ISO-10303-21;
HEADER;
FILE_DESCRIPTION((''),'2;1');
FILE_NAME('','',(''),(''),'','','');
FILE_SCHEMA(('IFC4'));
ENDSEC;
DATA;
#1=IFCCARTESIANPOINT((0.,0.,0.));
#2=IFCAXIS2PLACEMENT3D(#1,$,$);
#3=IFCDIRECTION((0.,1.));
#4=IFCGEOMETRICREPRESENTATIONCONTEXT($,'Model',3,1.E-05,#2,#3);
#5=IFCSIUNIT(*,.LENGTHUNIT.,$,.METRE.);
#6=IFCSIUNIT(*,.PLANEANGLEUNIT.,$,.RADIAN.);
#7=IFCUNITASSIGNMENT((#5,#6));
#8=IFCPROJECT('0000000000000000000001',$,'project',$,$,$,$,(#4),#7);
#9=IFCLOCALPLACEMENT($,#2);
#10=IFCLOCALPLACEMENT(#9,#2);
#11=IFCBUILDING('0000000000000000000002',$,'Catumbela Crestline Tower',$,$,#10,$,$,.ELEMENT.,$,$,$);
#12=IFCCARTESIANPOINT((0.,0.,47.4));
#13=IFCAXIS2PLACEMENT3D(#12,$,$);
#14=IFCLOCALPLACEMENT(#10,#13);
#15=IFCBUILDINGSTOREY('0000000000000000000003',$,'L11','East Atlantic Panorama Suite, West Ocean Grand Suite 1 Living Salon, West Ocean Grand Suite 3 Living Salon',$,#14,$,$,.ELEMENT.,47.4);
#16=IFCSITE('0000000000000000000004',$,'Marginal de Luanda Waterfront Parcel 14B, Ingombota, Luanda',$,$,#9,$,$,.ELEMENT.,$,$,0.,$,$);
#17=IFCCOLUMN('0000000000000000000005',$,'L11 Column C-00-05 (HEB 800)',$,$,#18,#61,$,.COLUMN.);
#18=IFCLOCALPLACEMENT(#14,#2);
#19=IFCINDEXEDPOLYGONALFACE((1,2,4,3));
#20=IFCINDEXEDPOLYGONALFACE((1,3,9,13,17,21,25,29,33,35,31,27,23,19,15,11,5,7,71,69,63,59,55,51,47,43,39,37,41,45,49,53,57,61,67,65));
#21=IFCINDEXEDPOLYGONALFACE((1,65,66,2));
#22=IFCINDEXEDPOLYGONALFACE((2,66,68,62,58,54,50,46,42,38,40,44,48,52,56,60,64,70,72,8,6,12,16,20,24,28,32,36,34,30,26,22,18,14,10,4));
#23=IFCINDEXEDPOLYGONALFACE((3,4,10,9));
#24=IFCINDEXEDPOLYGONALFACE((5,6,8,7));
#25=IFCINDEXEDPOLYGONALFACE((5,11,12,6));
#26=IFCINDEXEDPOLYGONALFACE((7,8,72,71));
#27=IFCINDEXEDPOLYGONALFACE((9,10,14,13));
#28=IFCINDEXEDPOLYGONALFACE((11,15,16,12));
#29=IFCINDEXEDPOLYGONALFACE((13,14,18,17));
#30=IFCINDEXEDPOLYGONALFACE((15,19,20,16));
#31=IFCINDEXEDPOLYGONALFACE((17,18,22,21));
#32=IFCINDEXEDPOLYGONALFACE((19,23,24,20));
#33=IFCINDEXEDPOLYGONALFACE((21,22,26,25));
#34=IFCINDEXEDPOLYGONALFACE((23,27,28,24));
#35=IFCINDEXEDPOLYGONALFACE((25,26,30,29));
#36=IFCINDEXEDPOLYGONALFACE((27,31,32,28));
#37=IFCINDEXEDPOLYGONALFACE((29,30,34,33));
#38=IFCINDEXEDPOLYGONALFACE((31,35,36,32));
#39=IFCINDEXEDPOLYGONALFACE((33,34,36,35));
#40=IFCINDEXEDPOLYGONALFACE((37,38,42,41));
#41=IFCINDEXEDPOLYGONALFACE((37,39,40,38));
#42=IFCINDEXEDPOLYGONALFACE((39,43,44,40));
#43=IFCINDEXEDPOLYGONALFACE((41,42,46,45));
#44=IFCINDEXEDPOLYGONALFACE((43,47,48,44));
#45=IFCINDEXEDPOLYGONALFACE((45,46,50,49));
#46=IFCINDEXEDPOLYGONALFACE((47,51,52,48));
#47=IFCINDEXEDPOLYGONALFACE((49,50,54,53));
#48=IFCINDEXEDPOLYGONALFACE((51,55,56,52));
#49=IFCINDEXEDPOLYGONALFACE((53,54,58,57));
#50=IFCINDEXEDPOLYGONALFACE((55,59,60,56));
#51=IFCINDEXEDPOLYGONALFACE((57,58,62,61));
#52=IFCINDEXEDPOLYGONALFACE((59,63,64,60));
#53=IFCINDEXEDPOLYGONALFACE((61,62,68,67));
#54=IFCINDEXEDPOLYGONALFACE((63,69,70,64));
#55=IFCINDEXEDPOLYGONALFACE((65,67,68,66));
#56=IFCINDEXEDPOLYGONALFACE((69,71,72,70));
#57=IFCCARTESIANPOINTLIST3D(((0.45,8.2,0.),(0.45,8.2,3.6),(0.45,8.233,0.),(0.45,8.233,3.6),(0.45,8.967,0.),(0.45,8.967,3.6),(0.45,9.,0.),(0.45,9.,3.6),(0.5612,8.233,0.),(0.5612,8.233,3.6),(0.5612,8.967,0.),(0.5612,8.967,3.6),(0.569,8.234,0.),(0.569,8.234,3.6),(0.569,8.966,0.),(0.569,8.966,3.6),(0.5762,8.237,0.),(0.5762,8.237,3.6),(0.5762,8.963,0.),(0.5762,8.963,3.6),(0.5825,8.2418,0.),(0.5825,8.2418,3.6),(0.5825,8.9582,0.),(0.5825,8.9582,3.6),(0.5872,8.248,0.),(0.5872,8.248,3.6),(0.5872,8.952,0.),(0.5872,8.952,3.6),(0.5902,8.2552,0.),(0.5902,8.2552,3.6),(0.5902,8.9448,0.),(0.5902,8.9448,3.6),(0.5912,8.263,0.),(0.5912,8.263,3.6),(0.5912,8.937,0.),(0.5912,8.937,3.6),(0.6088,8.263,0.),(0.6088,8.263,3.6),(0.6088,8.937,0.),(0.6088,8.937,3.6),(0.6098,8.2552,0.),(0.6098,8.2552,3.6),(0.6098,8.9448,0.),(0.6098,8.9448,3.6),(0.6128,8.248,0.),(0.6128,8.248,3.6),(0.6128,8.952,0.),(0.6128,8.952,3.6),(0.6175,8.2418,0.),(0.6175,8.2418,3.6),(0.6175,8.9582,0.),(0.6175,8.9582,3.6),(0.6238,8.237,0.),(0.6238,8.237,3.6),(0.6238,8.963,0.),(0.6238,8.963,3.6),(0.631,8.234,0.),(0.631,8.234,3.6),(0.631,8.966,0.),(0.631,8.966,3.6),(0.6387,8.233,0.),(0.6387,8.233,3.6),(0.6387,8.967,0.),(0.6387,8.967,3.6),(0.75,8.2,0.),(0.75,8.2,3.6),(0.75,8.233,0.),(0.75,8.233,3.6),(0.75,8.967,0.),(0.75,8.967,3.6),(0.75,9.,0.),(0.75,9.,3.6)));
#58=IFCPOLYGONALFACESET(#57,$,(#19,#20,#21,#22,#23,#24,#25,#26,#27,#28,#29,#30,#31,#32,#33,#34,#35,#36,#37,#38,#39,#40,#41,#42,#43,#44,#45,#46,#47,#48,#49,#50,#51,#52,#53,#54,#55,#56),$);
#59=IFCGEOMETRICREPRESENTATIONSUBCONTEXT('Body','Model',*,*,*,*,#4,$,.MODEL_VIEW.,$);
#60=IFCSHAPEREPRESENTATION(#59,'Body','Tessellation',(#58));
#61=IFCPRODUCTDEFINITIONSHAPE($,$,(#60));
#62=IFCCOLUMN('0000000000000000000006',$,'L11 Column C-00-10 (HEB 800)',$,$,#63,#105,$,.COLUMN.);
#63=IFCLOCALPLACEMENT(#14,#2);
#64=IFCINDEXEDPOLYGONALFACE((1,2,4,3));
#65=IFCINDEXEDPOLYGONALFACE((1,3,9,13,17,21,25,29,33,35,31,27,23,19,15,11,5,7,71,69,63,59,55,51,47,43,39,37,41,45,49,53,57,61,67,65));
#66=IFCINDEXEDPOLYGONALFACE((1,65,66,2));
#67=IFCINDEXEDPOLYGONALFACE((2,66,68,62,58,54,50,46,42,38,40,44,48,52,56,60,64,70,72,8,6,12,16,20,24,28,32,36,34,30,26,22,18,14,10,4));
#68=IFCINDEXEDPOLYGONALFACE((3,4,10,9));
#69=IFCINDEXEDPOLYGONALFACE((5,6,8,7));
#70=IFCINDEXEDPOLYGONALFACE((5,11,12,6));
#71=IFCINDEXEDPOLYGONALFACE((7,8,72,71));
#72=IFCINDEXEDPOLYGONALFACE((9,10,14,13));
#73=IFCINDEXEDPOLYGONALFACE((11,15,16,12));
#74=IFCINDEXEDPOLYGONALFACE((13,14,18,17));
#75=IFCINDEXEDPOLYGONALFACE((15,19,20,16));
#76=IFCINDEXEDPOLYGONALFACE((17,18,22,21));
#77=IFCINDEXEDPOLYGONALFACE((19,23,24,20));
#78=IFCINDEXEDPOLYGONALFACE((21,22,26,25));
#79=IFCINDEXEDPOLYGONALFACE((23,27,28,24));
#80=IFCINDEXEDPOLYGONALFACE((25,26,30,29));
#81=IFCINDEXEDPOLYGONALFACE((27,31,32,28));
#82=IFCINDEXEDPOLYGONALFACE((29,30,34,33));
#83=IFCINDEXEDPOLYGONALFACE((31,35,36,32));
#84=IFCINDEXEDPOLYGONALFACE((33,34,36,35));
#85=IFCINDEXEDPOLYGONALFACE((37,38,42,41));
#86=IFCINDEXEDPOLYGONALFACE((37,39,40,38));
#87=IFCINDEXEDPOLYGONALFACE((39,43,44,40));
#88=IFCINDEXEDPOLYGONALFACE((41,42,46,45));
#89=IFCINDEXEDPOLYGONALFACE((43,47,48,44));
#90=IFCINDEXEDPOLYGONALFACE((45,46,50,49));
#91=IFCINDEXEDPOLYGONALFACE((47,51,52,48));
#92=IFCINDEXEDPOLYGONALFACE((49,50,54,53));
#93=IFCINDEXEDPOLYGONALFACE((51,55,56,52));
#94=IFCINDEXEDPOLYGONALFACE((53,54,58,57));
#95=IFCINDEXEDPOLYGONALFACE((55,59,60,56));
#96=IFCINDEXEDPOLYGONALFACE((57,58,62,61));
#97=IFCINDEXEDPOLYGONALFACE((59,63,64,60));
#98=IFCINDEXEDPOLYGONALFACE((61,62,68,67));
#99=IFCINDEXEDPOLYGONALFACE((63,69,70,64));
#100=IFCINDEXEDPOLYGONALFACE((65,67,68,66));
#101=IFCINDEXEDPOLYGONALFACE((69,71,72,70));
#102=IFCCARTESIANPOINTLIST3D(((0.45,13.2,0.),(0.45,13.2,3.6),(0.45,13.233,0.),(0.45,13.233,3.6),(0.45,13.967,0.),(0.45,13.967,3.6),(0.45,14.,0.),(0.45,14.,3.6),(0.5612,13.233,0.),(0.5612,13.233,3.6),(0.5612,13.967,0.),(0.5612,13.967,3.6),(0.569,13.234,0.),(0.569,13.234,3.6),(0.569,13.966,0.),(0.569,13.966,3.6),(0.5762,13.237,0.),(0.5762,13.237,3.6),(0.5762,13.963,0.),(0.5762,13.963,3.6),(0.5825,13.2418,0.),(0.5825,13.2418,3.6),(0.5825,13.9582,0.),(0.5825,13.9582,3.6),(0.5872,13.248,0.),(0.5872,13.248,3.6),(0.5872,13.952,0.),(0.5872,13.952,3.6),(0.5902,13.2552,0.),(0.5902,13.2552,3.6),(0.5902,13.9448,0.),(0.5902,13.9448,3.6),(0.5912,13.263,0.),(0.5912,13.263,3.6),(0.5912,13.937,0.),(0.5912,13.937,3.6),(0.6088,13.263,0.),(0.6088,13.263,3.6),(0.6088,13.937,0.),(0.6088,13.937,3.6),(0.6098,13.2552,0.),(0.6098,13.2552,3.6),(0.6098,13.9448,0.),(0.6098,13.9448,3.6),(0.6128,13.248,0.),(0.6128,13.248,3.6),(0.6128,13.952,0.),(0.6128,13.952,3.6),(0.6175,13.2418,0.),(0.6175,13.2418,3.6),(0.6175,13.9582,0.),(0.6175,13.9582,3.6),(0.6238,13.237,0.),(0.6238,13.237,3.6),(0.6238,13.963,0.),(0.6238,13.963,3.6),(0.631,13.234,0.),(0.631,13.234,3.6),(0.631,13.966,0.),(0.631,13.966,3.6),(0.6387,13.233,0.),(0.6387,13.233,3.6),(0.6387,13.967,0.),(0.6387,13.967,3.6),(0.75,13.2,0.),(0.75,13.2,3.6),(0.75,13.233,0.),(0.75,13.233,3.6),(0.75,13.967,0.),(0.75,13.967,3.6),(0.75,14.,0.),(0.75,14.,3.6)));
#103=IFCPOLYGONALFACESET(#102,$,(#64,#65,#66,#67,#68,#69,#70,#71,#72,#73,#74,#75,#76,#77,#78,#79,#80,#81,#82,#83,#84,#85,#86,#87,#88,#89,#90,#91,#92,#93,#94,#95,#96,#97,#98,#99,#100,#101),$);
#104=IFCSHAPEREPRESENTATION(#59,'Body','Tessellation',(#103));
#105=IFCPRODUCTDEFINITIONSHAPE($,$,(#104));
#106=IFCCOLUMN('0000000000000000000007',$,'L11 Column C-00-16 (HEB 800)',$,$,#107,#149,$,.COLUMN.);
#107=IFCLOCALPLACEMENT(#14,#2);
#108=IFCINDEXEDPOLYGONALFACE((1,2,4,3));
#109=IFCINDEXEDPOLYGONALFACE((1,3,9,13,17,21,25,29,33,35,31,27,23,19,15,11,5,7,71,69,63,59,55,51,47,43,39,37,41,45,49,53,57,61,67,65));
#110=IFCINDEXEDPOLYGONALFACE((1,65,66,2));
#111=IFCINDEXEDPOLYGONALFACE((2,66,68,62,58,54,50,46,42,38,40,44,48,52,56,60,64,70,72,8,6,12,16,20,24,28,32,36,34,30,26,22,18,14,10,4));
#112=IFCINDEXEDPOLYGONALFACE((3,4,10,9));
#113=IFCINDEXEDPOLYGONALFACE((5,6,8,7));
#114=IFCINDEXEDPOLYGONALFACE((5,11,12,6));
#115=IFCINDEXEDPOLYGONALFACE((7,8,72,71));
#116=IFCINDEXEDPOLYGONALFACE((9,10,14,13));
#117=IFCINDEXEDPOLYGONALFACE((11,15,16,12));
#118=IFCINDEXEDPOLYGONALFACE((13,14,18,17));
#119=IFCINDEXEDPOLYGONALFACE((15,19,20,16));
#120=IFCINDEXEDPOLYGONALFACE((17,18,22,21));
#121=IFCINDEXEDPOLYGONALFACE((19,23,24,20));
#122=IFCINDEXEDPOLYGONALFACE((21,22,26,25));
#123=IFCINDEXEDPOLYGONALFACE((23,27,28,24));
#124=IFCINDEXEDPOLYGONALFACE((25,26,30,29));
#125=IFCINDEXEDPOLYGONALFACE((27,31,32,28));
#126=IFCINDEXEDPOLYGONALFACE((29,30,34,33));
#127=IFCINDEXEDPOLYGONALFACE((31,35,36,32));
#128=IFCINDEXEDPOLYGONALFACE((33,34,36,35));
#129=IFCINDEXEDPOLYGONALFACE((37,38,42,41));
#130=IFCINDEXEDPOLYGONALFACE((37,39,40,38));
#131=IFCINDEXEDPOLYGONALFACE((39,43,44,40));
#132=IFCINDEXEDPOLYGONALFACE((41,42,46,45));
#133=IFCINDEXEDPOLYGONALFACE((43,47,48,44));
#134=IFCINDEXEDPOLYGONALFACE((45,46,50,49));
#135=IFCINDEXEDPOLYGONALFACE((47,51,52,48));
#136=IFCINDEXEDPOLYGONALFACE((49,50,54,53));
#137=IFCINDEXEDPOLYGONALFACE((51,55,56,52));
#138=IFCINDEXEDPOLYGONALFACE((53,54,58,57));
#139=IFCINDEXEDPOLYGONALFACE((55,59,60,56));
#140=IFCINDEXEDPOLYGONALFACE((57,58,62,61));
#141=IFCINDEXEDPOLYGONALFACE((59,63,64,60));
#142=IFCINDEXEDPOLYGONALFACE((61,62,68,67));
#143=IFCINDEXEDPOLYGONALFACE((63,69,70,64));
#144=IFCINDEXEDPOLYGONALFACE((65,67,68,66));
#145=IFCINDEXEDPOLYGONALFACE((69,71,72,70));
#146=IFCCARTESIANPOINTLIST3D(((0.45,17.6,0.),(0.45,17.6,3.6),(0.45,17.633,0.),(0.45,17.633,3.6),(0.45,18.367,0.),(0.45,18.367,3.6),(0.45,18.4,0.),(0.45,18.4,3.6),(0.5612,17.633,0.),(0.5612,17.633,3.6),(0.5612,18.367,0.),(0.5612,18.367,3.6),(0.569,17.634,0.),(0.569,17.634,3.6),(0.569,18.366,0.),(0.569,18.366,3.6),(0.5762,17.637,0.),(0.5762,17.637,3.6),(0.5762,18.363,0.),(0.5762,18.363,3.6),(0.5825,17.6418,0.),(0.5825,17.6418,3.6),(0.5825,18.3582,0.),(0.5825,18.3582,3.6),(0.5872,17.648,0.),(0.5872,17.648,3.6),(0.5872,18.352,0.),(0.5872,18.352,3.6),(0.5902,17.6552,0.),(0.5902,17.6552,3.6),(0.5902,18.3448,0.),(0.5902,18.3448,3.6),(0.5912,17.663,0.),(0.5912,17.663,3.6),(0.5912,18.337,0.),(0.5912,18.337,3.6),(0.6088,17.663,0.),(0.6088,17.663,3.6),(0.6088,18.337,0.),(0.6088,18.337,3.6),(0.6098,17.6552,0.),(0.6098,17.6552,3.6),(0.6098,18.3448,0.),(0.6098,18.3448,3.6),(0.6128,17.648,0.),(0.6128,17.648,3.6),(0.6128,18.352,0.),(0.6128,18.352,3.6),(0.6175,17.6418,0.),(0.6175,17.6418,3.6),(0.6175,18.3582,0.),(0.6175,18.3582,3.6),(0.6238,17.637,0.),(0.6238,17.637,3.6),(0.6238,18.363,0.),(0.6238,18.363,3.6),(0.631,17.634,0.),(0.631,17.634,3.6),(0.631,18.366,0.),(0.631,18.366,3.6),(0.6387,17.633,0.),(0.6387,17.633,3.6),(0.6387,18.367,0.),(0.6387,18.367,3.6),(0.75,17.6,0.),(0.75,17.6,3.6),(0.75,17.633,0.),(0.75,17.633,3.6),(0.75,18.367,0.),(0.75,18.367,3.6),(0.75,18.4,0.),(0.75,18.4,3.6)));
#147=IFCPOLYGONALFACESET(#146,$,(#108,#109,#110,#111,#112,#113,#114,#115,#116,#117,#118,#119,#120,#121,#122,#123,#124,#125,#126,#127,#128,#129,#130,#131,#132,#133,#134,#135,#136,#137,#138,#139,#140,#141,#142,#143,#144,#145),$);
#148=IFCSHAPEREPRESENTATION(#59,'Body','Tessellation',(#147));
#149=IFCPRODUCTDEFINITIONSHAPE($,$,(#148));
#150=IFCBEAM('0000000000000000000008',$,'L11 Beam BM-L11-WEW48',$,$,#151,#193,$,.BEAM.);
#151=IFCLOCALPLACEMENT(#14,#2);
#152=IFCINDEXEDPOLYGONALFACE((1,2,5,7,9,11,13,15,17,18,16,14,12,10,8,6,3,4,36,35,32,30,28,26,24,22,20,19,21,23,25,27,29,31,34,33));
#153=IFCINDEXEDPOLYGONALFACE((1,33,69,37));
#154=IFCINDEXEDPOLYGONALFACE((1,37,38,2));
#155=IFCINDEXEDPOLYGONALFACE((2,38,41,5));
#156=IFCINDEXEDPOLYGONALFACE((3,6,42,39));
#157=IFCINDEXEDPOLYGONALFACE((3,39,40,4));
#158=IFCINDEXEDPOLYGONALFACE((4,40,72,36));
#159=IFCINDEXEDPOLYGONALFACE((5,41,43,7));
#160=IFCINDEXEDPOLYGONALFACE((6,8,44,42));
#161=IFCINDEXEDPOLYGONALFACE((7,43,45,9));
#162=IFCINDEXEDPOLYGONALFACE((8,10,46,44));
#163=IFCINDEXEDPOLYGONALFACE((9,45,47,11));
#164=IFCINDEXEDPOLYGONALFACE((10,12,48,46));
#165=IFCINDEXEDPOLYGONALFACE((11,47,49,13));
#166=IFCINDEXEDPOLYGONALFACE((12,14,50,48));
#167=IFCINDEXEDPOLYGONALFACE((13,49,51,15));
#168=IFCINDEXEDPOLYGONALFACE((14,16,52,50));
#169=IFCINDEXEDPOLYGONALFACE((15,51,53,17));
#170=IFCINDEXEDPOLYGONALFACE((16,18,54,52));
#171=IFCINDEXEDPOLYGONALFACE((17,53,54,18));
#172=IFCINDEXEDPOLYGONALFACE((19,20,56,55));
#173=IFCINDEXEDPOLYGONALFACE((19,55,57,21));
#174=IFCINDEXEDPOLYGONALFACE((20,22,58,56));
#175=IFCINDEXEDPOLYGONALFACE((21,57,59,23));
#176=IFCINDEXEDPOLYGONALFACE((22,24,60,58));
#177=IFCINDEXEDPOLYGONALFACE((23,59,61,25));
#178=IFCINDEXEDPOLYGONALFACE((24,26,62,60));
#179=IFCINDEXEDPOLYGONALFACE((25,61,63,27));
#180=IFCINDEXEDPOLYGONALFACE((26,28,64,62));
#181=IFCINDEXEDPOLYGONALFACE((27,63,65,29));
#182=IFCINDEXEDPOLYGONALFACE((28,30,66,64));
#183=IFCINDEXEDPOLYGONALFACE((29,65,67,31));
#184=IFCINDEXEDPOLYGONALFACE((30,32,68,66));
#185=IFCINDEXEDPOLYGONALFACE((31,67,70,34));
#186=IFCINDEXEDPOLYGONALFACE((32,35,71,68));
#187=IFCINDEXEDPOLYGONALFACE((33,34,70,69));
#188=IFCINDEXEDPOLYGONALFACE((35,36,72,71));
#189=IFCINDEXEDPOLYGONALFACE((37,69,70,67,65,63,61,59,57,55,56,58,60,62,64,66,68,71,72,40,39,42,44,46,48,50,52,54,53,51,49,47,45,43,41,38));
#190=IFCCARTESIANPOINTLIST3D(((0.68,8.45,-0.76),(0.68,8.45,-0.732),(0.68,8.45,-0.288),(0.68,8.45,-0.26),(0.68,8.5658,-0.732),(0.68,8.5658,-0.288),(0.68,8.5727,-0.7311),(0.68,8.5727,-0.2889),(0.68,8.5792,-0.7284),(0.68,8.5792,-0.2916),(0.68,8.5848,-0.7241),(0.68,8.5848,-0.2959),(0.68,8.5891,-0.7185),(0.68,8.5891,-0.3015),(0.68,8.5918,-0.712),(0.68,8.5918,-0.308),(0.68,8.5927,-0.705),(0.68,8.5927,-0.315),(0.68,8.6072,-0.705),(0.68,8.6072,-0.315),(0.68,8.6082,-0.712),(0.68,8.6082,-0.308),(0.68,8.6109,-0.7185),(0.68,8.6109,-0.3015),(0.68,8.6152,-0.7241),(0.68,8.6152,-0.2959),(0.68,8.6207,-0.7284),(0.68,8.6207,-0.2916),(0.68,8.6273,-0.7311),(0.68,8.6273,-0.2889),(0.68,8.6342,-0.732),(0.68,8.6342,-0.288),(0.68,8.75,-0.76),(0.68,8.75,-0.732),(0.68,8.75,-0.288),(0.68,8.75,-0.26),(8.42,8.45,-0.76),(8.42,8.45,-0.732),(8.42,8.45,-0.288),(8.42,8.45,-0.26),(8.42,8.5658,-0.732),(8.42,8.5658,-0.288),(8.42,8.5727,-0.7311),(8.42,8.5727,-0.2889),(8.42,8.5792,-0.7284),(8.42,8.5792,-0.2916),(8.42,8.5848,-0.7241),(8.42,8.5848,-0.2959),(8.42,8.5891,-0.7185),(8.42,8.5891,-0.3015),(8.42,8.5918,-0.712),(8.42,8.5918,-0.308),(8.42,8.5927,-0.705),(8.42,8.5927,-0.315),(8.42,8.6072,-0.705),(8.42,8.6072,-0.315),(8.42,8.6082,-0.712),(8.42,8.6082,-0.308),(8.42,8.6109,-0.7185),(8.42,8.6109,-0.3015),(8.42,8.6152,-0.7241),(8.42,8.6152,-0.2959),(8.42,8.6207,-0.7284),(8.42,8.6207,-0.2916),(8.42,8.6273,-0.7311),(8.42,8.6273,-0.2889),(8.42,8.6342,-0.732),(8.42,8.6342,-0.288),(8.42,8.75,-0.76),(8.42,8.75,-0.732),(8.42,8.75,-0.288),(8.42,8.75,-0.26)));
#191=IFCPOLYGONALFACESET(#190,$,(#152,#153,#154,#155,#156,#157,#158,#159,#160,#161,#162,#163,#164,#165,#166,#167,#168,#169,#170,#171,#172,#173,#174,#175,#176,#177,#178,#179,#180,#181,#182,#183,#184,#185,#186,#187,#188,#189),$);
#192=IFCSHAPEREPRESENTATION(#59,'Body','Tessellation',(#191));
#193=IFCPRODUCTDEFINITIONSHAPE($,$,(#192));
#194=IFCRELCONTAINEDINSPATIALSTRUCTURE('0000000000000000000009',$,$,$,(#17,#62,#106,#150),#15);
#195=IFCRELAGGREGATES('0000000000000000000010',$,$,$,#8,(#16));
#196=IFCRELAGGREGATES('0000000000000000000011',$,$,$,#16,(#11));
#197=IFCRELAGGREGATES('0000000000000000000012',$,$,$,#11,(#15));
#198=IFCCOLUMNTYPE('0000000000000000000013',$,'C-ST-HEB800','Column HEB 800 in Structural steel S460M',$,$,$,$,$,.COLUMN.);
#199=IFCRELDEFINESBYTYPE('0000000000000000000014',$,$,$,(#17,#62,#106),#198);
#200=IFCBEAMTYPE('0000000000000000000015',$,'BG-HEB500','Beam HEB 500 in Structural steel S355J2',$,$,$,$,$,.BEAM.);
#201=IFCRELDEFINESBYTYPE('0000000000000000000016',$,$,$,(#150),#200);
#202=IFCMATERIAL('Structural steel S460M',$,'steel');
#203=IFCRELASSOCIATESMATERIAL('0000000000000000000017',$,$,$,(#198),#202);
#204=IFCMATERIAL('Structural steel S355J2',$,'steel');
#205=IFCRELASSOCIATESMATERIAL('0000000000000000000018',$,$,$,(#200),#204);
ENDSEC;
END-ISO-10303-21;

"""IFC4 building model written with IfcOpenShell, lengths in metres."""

from ifc_helpers import new_model, si_unit, direction, frame, origin, origin_2d, place, context, subcontext, project, spatial, i_section, extrude, material, material_profile, profile_set, type_object, element, save


model = new_model("IFC4")

# Units and contexts
model_context = context("Model", 3, precision=1e-05, world=origin(), true_north=direction((0.0, 1.0)))
body_context = subcontext(model_context, "Body", "Model", "MODEL_VIEW")
ifc_project = project(units=[si_unit("LENGTHUNIT", "METRE"), si_unit("PLANEANGLEUNIT", "RADIAN")], contexts=[model_context])

# Site, building, storey
site_placement = place(None, origin())
site = spatial("IfcSite", under=ifc_project, at=site_placement, Name="Marginal de Luanda Waterfront Parcel 14B, Ingombota, Luanda", CompositionType="ELEMENT", RefElevation=0.0)
building_placement = place(site_placement, origin())
building = spatial("IfcBuilding", under=site, at=building_placement, Name="Catumbela Crestline Tower", CompositionType="ELEMENT")
storey_placement = place(building_placement, frame((0.0, 0.0, 47.4)))
storey = spatial("IfcBuildingStorey", under=building, at=storey_placement, Name="L11", Description="East Atlantic Panorama Suite, West Ocean Grand Suite 1 Living Salon, West Ocean Grand Suite 3 Living Salon", CompositionType="ELEMENT", Elevation=47.4)

# Columns
ifc_material_1 = material(Name="Structural steel S460M", Category="steel")
ifc_material_profile_1 = material_profile(ifc_material_1, i_section(OverallWidth=0.3, OverallDepth=0.8, WebThickness=0.0175, FlangeThickness=0.033, FilletRadius=0.03, at=origin_2d()), Name="HEB 800")
ifc_profile_set_1 = profile_set([ifc_material_profile_1], Name="Structural steel S460M")
column_type = type_object("IfcColumnType", Name="C-ST-HEB800", Description="Column HEB 800 in Structural steel S460M", PredefinedType="COLUMN", material=ifc_profile_set_1)
for number, where, z_axis, x_axis, name in (
    (1, (0.6, 8.6, 0.0), (0.0, 0.0, 1.0), (1.0, 0.0, 0.0), "L11 Column C-00-05 (HEB 800)"),
    (2, (0.6, 13.6, 0.0), (0.0, 0.0, 1.0), (1.0, 0.0, 0.0), "L11 Column C-00-10 (HEB 800)"),
    (3, (0.6, 18.0, 0.0), (0.0, 0.0, 1.0), (1.0, 0.0, 0.0), "L11 Column C-00-16 (HEB 800)"),
):
    element("IfcColumn", number, at=place(storey_placement, frame(where, z_axis=z_axis, x_axis=x_axis)), inside=storey, type_object=column_type, Name=name, PredefinedType="COLUMN", context=body_context, shape_type="SweptSolid", body=[
        extrude(i_section(OverallWidth=0.3, OverallDepth=0.8, WebThickness=0.0175, FlangeThickness=0.033, FilletRadius=0.03, at=origin_2d()), origin(), (0.0, 0.0, 1.0), 3.6),
    ])

# Beam
ifc_material_2 = material(Name="Structural steel S355J2", Category="steel")
ifc_material_profile_2 = material_profile(ifc_material_2, i_section(OverallWidth=0.3, OverallDepth=0.5, WebThickness=0.0145, FlangeThickness=0.028, FilletRadius=0.027, at=origin_2d()), Name="HEB 500")
ifc_profile_set_2 = profile_set([ifc_material_profile_2], Name="Structural steel S355J2")
beam_type_1 = type_object("IfcBeamType", Name="BG-HEB500", Description="Beam HEB 500 in Structural steel S355J2", PredefinedType="BEAM", material=ifc_profile_set_2)
for number, where, z_axis, x_axis, name in (
    (4, (0.68, 8.6, -0.51), (1.0, 0.0, 0.0), (0.0, 1.0, 0.0), "L11 Beam BM-L11-WEW48"),
):
    element("IfcBeam", number, at=place(storey_placement, frame(where, z_axis=z_axis, x_axis=x_axis)), inside=storey, type_object=beam_type_1, Name=name, PredefinedType="BEAM", context=body_context, shape_type="SweptSolid", body=[
        extrude(i_section(OverallWidth=0.3, OverallDepth=0.5, WebThickness=0.0145, FlangeThickness=0.028, FilletRadius=0.027, at=origin_2d()), origin(), (0.0, 0.0, 1.0), 7.74),
    ])

save(model, "model.ifc")
